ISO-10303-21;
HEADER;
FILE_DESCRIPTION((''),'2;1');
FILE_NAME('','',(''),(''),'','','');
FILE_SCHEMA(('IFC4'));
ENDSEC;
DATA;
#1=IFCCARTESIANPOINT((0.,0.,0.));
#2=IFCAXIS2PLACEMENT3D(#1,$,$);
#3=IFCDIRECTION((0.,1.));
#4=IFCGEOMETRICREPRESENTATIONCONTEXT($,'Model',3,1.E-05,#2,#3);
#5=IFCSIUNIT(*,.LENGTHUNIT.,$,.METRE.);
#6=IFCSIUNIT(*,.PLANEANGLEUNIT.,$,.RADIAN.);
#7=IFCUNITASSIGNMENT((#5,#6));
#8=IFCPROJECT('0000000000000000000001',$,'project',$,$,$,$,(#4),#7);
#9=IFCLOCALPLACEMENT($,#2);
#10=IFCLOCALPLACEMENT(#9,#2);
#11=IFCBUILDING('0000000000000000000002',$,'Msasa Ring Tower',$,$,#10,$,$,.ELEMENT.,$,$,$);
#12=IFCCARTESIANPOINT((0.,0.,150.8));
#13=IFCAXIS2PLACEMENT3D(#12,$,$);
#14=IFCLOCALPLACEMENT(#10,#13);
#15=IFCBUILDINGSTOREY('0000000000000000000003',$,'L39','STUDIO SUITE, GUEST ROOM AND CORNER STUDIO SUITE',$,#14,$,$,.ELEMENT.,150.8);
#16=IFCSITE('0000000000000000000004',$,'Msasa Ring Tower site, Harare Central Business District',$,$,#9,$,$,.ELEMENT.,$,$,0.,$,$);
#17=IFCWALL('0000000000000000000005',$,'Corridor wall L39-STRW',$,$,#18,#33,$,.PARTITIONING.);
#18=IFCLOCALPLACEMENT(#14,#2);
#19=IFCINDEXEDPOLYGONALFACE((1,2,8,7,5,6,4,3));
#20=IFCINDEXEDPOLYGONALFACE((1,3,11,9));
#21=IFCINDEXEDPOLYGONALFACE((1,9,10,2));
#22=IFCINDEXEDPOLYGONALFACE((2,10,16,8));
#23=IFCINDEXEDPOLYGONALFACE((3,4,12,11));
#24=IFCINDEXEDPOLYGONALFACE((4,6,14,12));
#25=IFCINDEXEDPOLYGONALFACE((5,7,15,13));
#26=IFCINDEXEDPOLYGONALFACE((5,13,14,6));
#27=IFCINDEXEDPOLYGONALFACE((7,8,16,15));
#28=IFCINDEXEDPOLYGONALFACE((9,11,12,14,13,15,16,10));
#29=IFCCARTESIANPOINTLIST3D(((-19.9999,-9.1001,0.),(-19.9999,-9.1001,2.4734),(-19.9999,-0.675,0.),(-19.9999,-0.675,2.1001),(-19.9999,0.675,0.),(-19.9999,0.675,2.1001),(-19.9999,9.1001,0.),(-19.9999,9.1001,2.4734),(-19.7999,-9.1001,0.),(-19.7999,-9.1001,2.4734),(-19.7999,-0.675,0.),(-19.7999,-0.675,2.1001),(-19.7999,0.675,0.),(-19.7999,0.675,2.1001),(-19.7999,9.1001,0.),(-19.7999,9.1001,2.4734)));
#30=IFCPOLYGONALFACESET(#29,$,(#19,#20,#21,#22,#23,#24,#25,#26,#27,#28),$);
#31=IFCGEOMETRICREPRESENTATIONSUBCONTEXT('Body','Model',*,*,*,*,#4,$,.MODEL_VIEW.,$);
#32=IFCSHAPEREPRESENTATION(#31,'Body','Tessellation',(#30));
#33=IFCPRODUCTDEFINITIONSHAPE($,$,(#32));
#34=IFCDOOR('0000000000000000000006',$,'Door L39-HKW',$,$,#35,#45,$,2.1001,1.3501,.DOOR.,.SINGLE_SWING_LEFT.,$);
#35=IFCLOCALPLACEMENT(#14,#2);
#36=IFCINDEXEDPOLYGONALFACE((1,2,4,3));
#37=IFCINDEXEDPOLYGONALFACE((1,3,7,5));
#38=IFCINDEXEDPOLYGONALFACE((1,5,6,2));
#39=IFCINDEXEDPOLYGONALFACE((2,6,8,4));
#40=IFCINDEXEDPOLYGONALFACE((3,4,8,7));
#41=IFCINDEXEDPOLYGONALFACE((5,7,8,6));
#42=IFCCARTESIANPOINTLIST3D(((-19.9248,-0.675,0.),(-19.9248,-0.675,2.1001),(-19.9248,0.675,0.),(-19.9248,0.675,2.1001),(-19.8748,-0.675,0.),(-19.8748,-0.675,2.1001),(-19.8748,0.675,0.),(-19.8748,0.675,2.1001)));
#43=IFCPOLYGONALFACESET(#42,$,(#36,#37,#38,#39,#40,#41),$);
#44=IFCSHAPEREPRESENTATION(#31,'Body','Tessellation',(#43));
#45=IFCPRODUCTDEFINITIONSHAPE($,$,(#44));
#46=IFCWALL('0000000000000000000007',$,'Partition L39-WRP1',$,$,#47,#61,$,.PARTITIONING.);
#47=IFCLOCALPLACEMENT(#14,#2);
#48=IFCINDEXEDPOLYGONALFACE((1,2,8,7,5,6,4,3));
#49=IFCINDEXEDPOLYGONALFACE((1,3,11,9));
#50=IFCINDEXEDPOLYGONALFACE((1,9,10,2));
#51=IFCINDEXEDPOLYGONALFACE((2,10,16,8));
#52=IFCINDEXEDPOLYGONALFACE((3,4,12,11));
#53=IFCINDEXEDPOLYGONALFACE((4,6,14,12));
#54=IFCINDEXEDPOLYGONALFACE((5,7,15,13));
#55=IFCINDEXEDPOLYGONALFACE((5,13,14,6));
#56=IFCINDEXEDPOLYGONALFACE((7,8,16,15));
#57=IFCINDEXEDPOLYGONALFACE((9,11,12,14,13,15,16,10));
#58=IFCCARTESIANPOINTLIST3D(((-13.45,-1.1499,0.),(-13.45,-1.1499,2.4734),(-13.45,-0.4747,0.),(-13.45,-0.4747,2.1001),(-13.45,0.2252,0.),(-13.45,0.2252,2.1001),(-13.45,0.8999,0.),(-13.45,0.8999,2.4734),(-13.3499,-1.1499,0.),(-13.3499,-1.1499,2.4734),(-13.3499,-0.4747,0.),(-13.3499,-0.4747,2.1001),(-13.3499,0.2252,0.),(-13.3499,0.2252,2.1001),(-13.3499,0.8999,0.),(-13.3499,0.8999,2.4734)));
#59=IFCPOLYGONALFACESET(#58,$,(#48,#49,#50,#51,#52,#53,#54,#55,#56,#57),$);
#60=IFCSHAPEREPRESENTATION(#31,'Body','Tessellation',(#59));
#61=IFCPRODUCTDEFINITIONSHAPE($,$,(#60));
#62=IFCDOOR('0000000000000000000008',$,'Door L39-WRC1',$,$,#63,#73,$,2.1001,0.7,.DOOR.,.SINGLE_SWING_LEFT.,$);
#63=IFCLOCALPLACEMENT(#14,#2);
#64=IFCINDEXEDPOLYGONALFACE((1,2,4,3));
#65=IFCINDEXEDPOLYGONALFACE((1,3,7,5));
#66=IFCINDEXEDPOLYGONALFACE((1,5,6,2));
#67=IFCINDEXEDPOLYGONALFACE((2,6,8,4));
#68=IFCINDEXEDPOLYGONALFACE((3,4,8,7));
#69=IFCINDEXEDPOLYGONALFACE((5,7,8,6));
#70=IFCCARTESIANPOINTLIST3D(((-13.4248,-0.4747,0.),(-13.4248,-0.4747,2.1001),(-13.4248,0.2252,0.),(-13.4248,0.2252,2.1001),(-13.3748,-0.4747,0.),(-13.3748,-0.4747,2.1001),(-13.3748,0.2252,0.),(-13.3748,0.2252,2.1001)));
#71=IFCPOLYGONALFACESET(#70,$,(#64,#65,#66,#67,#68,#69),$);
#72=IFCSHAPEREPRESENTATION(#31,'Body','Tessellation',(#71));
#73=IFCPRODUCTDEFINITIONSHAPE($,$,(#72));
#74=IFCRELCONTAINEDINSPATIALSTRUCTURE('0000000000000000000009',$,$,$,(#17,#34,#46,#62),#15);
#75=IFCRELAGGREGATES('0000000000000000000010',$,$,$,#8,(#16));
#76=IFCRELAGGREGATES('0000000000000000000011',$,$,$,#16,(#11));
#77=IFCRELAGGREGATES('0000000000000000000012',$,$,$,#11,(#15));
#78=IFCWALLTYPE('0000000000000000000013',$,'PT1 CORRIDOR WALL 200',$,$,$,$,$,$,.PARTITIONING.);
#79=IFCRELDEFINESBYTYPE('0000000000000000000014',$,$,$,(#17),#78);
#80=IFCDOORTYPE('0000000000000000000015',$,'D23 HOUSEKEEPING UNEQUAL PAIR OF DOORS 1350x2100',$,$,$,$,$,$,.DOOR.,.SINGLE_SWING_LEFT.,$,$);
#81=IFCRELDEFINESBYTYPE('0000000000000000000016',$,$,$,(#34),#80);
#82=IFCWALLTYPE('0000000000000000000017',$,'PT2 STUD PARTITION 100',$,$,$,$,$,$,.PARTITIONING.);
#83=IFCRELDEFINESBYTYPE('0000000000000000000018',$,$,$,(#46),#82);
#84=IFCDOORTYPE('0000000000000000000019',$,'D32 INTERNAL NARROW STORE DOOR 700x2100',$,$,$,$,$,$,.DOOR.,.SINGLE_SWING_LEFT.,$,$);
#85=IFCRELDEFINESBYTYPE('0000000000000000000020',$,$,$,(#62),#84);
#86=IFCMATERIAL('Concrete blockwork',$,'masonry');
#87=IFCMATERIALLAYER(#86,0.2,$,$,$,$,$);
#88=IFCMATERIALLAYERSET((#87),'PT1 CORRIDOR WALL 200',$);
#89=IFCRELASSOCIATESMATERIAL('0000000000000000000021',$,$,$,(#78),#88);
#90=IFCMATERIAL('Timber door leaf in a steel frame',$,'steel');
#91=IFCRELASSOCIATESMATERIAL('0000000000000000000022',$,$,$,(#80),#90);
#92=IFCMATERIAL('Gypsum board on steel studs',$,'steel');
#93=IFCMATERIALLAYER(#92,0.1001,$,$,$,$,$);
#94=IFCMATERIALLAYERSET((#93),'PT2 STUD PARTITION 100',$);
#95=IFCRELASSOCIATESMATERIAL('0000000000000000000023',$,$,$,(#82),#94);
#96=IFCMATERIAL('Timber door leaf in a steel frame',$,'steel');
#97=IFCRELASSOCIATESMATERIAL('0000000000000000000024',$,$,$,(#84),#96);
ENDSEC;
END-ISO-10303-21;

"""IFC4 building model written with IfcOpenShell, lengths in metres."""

from ifc_helpers import new_model, si_unit, direction, frame, frame_2d, origin, place, context, subcontext, project, spatial, rectangle, extrude, material, layer, layer_set, type_object, element, fill, save


model = new_model("IFC4")

# Units and contexts
model_context = context("Model", 3, precision=1e-05, world=origin(), true_north=direction((0.0, 1.0)))
body_context = subcontext(model_context, "Body", "Model", "MODEL_VIEW")
ifc_project = project(units=[si_unit("LENGTHUNIT", "METRE"), si_unit("PLANEANGLEUNIT", "RADIAN")], contexts=[model_context])

# Site, building, storey
site_placement = place(None, origin())
site = spatial("IfcSite", under=ifc_project, at=site_placement, Name="Msasa Ring Tower site, Harare Central Business District", CompositionType="ELEMENT", RefElevation=0.0)
building_placement = place(site_placement, origin())
building = spatial("IfcBuilding", under=site, at=building_placement, Name="Msasa Ring Tower", CompositionType="ELEMENT")
storey_placement = place(building_placement, frame((0.0, 0.0, 150.8)))
storey = spatial("IfcBuildingStorey", under=building, at=storey_placement, Name="L39", Description="STUDIO SUITE, GUEST ROOM AND CORNER STUDIO SUITE", CompositionType="ELEMENT", Elevation=150.8)

# Walls, openings, doors
ifc_material_1 = material(Name="Concrete blockwork", Category="masonry")
ifc_layer_1 = layer(ifc_material_1, 0.2)
ifc_layer_set_1 = layer_set([ifc_layer_1], Name="PT1 CORRIDOR WALL 200")
wall_type_1 = type_object("IfcWallType", Name="PT1 CORRIDOR WALL 200", PredefinedType="PARTITIONING", material=ifc_layer_set_1)
wall_1_placement = place(storey_placement, frame((-19.8999, -9.1001, 0.0), z_axis=(0.0, 0.0, 1.0), x_axis=(0.0, 1.0, 0.0)))
wall_1 = element("IfcWall", 1, at=wall_1_placement, inside=storey, type_object=wall_type_1, Name="Corridor wall L39-STRW", PredefinedType="PARTITIONING", context=body_context, shape_type="SweptSolid", body=[
    extrude(rectangle(XDim=18.2002, YDim=0.2, at=frame_2d((9.1001, 0.0))), origin(), (0.0, 0.0, 1.0), 2.4734),
])
opening_1_placement = place(wall_1_placement, frame((8.425, 0.0, 0.0)))
opening_1 = element("IfcOpeningElement", 2, at=opening_1_placement, cuts=wall_1, PredefinedType="OPENING", context=body_context, shape_type="SweptSolid", body=[
    extrude(rectangle(XDim=1.3501, YDim=2.1001, at=frame_2d((0.675, 1.05))), frame((0.0, 0.1099, 0.0), z_axis=(0.0, -1.0, 0.0), x_axis=(1.0, 0.0, 0.0)), (0.0, 0.0, 1.0), 0.22),
])
ifc_material_2 = material(Name="Timber door leaf in a steel frame", Category="steel")
door_type_1 = type_object("IfcDoorType", Name="D23 HOUSEKEEPING UNEQUAL PAIR OF DOORS 1350x2100", OperationType="SINGLE_SWING_LEFT", PredefinedType="DOOR", material=ifc_material_2)
door_1_placement = place(opening_1_placement, origin())
door_1 = element("IfcDoor", 3, at=door_1_placement, inside=storey, type_object=door_type_1, Name="Door L39-HKW", OperationType="SINGLE_SWING_LEFT", OverallHeight=2.1001, OverallWidth=1.3501, PredefinedType="DOOR", context=body_context, shape_type="SweptSolid", body=[
    extrude(rectangle(XDim=1.3501, YDim=2.1001, at=frame_2d((0.675, 1.05))), frame((0.0, 0.0249, 0.0), z_axis=(0.0, -1.0, 0.0), x_axis=(1.0, 0.0, 0.0)), (0.0, 0.0, 1.0), 0.05),
])
fill(opening_1, door_1)
ifc_material_3 = material(Name="Gypsum board on steel studs", Category="steel")
ifc_layer_2 = layer(ifc_material_3, 0.1001)
ifc_layer_set_2 = layer_set([ifc_layer_2], Name="PT2 STUD PARTITION 100")
wall_type_2 = type_object("IfcWallType", Name="PT2 STUD PARTITION 100", PredefinedType="PARTITIONING", material=ifc_layer_set_2)
wall_2_placement = place(storey_placement, frame((-13.3999, -1.1499, 0.0), z_axis=(0.0, 0.0, 1.0), x_axis=(0.0, 1.0, 0.0)))
wall_2 = element("IfcWall", 4, at=wall_2_placement, inside=storey, type_object=wall_type_2, Name="Partition L39-WRP1", PredefinedType="PARTITIONING", context=body_context, shape_type="SweptSolid", body=[
    extrude(rectangle(XDim=2.0498, YDim=0.1001, at=frame_2d((1.0249, 0.0))), origin(), (0.0, 0.0, 1.0), 2.4734),
])
opening_2_placement = place(wall_2_placement, frame((0.675, 0.0, 0.0)))
opening_2 = element("IfcOpeningElement", 5, at=opening_2_placement, cuts=wall_2, PredefinedType="OPENING", context=body_context, shape_type="SweptSolid", body=[
    extrude(rectangle(XDim=0.7, YDim=2.1001, at=frame_2d((0.3501, 1.05))), frame((0.0, 0.0601, 0.0), z_axis=(0.0, -1.0, 0.0), x_axis=(1.0, 0.0, 0.0)), (0.0, 0.0, 1.0), 0.1201),
])
ifc_material_4 = material(Name="Timber door leaf in a steel frame", Category="steel")
door_type_2 = type_object("IfcDoorType", Name="D32 INTERNAL NARROW STORE DOOR 700x2100", OperationType="SINGLE_SWING_LEFT", PredefinedType="DOOR", material=ifc_material_4)
door_2_placement = place(opening_2_placement, origin())
door_2 = element("IfcDoor", 6, at=door_2_placement, inside=storey, type_object=door_type_2, Name="Door L39-WRC1", OperationType="SINGLE_SWING_LEFT", OverallHeight=2.1001, OverallWidth=0.7, PredefinedType="DOOR", context=body_context, shape_type="SweptSolid", body=[
    extrude(rectangle(XDim=0.7, YDim=2.1001, at=frame_2d((0.3501, 1.05))), frame((0.0, 0.0249, 0.0), z_axis=(0.0, -1.0, 0.0), x_axis=(1.0, 0.0, 0.0)), (0.0, 0.0, 1.0), 0.05),
])
fill(opening_2, door_2)

save(model, "model.ifc")
